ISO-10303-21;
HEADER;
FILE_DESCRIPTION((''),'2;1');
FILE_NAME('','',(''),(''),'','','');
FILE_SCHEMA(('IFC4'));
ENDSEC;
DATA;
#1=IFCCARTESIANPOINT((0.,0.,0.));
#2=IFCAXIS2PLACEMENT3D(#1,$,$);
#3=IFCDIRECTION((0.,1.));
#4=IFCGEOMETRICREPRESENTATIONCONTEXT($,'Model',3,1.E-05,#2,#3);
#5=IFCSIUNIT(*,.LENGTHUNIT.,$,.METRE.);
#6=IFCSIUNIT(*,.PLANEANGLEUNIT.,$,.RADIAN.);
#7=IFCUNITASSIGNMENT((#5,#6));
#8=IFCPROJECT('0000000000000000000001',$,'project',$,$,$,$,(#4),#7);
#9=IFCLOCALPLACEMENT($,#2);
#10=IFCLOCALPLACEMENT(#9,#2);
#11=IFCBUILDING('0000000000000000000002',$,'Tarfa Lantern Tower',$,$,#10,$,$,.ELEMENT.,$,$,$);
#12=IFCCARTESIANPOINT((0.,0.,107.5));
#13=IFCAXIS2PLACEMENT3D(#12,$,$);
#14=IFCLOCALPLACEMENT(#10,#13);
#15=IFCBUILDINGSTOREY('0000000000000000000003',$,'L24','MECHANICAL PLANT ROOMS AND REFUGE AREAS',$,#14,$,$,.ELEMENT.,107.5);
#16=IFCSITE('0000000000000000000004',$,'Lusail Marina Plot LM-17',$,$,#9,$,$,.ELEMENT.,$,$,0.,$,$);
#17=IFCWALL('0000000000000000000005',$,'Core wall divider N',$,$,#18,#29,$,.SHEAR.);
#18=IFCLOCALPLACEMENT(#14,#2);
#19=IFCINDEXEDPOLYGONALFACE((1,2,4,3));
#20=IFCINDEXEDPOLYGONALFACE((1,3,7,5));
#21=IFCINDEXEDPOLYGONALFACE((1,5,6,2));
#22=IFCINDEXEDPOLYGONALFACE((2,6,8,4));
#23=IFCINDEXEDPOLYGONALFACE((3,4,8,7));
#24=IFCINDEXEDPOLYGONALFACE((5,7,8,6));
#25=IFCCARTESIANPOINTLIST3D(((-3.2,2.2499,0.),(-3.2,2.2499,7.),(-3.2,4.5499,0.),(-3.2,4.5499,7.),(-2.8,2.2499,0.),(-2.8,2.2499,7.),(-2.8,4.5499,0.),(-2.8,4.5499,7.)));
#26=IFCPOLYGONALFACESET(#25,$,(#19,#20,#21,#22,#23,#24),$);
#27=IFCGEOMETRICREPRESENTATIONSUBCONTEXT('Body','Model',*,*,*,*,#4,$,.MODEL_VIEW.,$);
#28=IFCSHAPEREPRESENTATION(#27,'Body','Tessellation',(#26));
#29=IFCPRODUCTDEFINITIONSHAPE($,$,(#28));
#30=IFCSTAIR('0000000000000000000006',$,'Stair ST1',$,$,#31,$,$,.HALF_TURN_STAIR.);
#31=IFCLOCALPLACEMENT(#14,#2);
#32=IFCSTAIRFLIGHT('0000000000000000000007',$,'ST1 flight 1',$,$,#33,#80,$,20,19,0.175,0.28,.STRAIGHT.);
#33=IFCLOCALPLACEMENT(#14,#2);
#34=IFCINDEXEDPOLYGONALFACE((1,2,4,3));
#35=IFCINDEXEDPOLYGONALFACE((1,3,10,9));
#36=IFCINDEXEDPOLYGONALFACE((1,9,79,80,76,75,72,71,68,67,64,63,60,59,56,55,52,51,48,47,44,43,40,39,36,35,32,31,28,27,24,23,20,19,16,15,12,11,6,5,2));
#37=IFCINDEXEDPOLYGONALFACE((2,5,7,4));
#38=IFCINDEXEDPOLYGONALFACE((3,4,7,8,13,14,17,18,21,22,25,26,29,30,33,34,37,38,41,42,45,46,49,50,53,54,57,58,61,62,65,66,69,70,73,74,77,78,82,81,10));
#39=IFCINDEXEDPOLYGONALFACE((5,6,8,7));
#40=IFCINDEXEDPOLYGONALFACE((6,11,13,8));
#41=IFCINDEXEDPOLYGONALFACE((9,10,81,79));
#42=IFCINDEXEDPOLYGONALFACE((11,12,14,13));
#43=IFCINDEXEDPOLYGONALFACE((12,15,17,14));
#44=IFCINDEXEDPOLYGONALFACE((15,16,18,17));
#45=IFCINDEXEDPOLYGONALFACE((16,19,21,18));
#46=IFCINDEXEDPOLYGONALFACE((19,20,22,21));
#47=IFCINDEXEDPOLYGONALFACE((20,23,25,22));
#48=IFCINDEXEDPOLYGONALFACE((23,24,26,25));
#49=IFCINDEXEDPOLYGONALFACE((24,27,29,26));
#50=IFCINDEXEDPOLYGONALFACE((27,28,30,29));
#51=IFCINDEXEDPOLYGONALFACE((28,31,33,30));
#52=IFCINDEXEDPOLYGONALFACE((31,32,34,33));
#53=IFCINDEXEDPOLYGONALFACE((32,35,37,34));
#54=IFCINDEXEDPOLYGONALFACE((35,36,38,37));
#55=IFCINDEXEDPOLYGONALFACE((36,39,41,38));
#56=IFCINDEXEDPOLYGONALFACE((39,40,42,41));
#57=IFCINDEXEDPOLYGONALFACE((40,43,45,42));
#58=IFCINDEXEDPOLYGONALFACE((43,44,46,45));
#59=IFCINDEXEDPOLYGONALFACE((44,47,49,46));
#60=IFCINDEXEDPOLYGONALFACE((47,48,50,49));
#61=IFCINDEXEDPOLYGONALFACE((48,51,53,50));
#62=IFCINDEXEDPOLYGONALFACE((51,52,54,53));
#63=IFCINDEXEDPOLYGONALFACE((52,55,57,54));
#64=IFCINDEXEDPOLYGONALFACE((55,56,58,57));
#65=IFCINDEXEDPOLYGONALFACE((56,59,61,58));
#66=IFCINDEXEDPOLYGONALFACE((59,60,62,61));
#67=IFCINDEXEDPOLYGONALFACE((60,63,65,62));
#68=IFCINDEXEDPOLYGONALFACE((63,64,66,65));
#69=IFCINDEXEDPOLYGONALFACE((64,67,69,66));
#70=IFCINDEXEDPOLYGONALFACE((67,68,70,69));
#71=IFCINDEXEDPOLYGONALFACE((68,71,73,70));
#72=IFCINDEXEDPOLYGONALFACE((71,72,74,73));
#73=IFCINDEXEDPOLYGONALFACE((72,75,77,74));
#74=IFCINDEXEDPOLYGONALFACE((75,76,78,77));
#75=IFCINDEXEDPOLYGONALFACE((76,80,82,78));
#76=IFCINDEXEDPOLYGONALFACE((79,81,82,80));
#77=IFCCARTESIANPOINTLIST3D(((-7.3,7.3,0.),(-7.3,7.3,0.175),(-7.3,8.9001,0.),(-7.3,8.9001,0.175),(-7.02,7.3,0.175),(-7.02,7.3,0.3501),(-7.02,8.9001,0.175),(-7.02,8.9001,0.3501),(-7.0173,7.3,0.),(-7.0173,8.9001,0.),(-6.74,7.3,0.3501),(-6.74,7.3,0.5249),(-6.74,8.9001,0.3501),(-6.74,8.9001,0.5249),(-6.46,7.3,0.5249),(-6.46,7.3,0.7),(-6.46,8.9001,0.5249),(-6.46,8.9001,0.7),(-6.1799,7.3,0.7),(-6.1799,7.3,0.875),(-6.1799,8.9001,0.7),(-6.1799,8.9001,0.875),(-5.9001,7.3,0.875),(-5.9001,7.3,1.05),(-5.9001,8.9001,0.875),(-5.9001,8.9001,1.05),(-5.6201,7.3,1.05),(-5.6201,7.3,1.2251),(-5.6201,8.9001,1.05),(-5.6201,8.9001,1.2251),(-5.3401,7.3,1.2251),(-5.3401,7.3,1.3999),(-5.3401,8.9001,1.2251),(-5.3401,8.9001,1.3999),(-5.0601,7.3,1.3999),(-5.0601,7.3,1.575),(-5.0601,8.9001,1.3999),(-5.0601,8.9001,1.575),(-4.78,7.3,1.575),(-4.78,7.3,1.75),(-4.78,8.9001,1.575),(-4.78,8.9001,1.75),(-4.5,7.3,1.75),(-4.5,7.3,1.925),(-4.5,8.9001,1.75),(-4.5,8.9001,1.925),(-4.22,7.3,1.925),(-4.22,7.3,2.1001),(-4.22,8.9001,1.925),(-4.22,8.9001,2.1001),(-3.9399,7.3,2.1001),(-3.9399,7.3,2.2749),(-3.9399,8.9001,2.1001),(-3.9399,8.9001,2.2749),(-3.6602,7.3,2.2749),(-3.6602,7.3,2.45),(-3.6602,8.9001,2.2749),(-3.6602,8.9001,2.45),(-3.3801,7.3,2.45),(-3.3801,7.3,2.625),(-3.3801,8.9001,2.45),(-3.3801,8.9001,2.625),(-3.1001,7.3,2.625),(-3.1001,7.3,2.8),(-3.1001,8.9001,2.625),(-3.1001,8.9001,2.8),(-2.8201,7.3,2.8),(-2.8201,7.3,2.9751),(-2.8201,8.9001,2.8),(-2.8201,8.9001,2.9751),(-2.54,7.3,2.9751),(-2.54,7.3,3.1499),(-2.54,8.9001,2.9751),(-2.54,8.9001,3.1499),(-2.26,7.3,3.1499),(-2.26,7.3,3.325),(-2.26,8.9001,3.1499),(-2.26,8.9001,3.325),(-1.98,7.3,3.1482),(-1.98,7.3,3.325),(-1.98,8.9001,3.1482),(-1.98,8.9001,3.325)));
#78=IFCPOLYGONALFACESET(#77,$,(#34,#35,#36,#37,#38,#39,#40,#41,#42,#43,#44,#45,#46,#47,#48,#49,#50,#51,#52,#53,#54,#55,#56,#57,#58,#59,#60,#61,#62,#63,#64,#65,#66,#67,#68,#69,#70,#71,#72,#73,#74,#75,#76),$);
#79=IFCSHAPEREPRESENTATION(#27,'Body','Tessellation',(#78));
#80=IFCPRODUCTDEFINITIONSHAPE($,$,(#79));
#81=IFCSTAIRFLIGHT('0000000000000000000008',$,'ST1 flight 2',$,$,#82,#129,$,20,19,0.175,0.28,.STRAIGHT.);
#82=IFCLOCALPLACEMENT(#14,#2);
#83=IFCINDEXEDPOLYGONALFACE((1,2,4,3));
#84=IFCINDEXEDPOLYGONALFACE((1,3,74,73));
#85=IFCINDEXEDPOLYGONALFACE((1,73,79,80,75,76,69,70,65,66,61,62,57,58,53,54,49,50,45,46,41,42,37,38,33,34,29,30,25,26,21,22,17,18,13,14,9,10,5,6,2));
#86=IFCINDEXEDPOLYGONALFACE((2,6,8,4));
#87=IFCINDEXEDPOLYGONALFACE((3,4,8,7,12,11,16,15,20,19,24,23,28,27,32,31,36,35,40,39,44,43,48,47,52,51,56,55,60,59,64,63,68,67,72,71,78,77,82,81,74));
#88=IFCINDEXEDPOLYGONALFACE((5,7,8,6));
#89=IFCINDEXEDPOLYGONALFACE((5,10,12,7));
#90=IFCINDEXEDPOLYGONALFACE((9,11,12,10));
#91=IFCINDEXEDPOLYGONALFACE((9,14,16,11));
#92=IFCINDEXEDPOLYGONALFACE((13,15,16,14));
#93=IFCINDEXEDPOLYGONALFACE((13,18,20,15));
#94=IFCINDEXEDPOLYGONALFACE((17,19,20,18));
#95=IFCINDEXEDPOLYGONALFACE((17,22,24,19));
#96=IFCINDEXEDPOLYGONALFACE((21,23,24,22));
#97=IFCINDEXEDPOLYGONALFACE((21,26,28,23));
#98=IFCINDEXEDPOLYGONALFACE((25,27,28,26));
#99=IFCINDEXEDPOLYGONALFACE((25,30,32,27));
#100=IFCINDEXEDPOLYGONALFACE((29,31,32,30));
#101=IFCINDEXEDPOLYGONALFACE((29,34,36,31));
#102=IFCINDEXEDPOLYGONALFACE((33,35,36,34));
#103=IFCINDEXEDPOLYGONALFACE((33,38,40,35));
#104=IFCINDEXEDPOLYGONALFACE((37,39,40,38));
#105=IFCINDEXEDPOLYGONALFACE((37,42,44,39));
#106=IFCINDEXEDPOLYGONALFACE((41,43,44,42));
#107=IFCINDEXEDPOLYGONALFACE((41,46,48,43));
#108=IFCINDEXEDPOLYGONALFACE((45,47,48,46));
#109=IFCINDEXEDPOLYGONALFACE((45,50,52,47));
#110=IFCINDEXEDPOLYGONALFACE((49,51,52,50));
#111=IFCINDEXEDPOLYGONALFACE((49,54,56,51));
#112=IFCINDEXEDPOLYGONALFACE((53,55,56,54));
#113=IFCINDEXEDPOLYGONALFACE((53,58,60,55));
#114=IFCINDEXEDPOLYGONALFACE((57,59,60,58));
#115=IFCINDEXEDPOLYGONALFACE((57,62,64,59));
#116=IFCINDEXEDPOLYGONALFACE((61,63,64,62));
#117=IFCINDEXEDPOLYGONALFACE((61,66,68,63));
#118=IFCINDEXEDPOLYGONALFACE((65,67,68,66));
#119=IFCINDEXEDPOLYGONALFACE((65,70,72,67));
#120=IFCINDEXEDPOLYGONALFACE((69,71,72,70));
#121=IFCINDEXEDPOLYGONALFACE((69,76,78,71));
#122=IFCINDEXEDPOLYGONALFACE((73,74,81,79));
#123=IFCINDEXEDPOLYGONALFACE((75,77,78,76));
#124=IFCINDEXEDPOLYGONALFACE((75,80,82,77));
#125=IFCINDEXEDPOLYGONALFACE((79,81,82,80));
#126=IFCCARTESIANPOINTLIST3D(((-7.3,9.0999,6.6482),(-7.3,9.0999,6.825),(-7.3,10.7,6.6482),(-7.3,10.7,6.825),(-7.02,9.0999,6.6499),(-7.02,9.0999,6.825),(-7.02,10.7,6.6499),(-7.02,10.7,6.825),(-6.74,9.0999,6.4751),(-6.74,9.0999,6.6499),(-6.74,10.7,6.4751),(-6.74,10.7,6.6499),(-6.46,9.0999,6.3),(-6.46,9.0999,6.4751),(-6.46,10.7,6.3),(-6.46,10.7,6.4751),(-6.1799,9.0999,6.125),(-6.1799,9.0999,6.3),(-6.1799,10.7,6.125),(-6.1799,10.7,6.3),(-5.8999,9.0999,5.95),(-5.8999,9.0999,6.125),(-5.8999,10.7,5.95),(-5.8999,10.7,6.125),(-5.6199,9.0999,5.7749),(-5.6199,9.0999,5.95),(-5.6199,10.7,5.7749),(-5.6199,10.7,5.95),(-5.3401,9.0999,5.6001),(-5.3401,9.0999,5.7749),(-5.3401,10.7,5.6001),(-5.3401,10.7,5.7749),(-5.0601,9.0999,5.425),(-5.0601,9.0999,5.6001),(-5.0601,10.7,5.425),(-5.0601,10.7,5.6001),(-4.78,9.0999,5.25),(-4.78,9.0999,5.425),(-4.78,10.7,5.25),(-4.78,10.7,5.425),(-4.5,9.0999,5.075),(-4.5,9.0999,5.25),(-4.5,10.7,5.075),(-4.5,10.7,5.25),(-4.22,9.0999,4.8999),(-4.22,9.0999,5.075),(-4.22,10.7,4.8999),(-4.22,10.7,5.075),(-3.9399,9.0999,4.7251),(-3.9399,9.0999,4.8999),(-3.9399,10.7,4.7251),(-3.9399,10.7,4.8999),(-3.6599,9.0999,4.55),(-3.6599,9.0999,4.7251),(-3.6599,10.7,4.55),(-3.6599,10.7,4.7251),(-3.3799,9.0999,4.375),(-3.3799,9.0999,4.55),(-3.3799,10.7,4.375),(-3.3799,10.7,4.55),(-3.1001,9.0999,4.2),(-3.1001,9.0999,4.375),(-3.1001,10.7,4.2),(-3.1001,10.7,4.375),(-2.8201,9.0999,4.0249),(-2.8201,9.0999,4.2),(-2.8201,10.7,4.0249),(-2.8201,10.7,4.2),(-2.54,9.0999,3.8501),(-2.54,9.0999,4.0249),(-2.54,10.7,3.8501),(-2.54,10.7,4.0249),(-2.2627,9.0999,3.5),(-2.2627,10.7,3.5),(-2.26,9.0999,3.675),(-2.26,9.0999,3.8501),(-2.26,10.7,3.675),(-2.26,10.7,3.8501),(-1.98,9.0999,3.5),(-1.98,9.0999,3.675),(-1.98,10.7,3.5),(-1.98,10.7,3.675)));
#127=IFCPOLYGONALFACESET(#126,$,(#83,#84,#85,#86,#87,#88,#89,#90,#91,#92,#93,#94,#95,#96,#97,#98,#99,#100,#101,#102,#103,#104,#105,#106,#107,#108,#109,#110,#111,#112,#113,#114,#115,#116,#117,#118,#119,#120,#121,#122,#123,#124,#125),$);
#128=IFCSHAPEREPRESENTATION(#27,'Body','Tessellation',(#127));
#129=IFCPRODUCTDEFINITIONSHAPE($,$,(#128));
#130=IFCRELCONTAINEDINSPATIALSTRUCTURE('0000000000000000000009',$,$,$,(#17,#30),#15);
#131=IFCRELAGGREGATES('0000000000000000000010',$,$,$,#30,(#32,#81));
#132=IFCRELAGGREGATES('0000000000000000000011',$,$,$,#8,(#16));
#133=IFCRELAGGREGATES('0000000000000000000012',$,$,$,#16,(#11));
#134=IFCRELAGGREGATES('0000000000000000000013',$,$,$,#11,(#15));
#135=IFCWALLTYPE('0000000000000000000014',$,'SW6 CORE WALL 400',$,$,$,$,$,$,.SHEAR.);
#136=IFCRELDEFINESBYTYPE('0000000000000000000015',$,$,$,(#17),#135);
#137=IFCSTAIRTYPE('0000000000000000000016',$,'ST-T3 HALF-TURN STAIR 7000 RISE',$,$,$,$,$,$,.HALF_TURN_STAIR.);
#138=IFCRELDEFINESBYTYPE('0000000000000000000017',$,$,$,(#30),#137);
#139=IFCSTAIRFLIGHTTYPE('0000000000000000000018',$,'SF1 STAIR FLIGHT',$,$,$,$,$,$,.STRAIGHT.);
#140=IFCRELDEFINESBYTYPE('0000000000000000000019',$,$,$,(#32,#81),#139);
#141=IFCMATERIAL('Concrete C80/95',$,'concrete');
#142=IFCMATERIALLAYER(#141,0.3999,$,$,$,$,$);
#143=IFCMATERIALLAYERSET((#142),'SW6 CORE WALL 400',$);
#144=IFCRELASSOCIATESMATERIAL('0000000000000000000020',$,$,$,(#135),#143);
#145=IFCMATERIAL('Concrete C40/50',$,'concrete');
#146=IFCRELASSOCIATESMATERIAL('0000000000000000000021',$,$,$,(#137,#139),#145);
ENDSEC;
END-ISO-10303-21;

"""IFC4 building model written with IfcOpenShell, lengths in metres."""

from ifc_helpers import new_model, si_unit, direction, frame, frame_2d, origin, place, context, subcontext, project, spatial, polyline, rectangle, outline, extrude, material, layer, layer_set, type_object, element, aggregate, save


model = new_model("IFC4")

# Units and contexts
model_context = context("Model", 3, precision=1e-05, world=origin(), true_north=direction((0.0, 1.0)))
body_context = subcontext(model_context, "Body", "Model", "MODEL_VIEW")
ifc_project = project(units=[si_unit("LENGTHUNIT", "METRE"), si_unit("PLANEANGLEUNIT", "RADIAN")], contexts=[model_context])

# Site, building, storey
site_placement = place(None, origin())
site = spatial("IfcSite", under=ifc_project, at=site_placement, Name="Lusail Marina Plot LM-17", CompositionType="ELEMENT", RefElevation=0.0)
building_placement = place(site_placement, origin())
building = spatial("IfcBuilding", under=site, at=building_placement, Name="Tarfa Lantern Tower", CompositionType="ELEMENT")
storey_placement = place(building_placement, frame((0.0, 0.0, 107.5)))
storey = spatial("IfcBuildingStorey", under=building, at=storey_placement, Name="L24", Description="MECHANICAL PLANT ROOMS AND REFUGE AREAS", CompositionType="ELEMENT", Elevation=107.5)

# Shared definitions
ifc_material_1 = material(Name="Concrete C80/95", Category="concrete")

# Wall
ifc_layer_1 = layer(ifc_material_1, 0.3999)
ifc_layer_set_1 = layer_set([ifc_layer_1], Name="SW6 CORE WALL 400")
wall_type_1 = type_object("IfcWallType", Name="SW6 CORE WALL 400", PredefinedType="SHEAR", material=ifc_layer_set_1)
for number, where, z_axis, x_axis, name in (
    (1, (-3.0, 2.25, 0.0), (0.0, 0.0, 1.0), (0.0, 1.0, 0.0), "Core wall divider N"),
):
    element("IfcWall", number, at=place(storey_placement, frame(where, z_axis=z_axis, x_axis=x_axis)), inside=storey, type_object=wall_type_1, Name=name, PredefinedType="SHEAR", context=body_context, shape_type="SweptSolid", body=[
        extrude(rectangle(XDim=2.3, YDim=0.3999, at=frame_2d((1.1499, 0.0))), origin(), (0.0, 0.0, 1.0), 7.0),
    ])

# Stair, stair flights
ifc_material_2 = material(Name="Concrete C40/50", Category="concrete")
stair_type = type_object("IfcStairType", Name="ST-T3 HALF-TURN STAIR 7000 RISE", PredefinedType="HALF_TURN_STAIR", material=ifc_material_2)
stair_placement = place(storey_placement, origin())
stair = element("IfcStair", 2, at=stair_placement, inside=storey, type_object=stair_type, Name="Stair ST1", PredefinedType="HALF_TURN_STAIR")
stair_flight_type = type_object("IfcStairFlightType", Name="SF1 STAIR FLIGHT", PredefinedType="STRAIGHT", material=ifc_material_2)
stair_flight_1_placement = place(storey_placement, frame((-7.3, 8.1001, 0.0), z_axis=(0.0, 0.0, 1.0), x_axis=(1.0, 0.0, 0.0)))
stair_flight_1 = element("IfcStairFlight", 3, at=stair_flight_1_placement, type_object=stair_flight_type, Name="ST1 flight 1", NumberOfRisers=20, NumberOfTreads=19, PredefinedType="STRAIGHT", RiserHeight=0.175, TreadLength=0.28, context=body_context, shape_type="SweptSolid", body=[
    extrude(outline(polyline([(0.0, 0.0), (0.0, 0.175), (0.28, 0.175), (0.28, 0.3501), (0.5601, 0.3501), (0.5601, 0.5249), (0.8401, 0.5249), (0.8401, 0.7), (1.1201, 0.7), (1.1201, 0.875), (1.3999, 0.875), (1.3999, 1.05), (1.6799, 1.05), (1.6799, 1.2251), (1.96, 1.2251), (1.96, 1.3999), (2.24, 1.3999), (2.24, 1.575), (2.52, 1.575), (2.52, 1.75), (2.8, 1.75), (2.8, 1.925), (3.0801, 1.925), (3.0801, 2.1001), (3.3601, 2.1001), (3.3601, 2.2749), (3.6399, 2.2749), (3.6399, 2.45), (3.9199, 2.45), (3.9199, 2.625), (4.2, 2.625), (4.2, 2.8), (4.48, 2.8), (4.48, 2.9751), (4.76, 2.9751), (4.76, 3.1499), (5.04, 3.1499), (5.04, 3.325), (5.3201, 3.325), (5.3201, 3.5), (5.3201, 3.1482), (0.2827, 0.0), (0.0, 0.0)])), frame((0.0, 0.8, 0.0), z_axis=(0.0, -1.0, 0.0), x_axis=(1.0, 0.0, 0.0)), (0.0, 0.0, 1.0), 1.6001),
])
stair_flight_2_placement = place(storey_placement, frame((-1.98, 9.8999, 3.5), z_axis=(0.0, 0.0, 1.0), x_axis=(-1.0, 0.0, 0.0)))
stair_flight_2 = element("IfcStairFlight", 4, at=stair_flight_2_placement, type_object=stair_flight_type, Name="ST1 flight 2", NumberOfRisers=20, NumberOfTreads=19, PredefinedType="STRAIGHT", RiserHeight=0.175, TreadLength=0.28, context=body_context, shape_type="SweptSolid", body=[
    extrude(outline(polyline([(0.0, 0.0), (0.0, 0.175), (0.28, 0.175), (0.28, 0.3501), (0.5601, 0.3501), (0.5601, 0.5249), (0.8401, 0.5249), (0.8401, 0.7), (1.1201, 0.7), (1.1201, 0.875), (1.3999, 0.875), (1.3999, 1.05), (1.6799, 1.05), (1.6799, 1.2251), (1.96, 1.2251), (1.96, 1.3999), (2.24, 1.3999), (2.24, 1.575), (2.52, 1.575), (2.52, 1.75), (2.8, 1.75), (2.8, 1.925), (3.0801, 1.925), (3.0801, 2.1001), (3.3601, 2.1001), (3.3601, 2.2749), (3.6399, 2.2749), (3.6399, 2.45), (3.9199, 2.45), (3.9199, 2.625), (4.2, 2.625), (4.2, 2.8), (4.48, 2.8), (4.48, 2.9751), (4.76, 2.9751), (4.76, 3.1499), (5.04, 3.1499), (5.04, 3.325), (5.3201, 3.325), (5.3201, 3.5), (5.3201, 3.1482), (0.2827, 0.0), (0.0, 0.0)])), frame((0.0, 0.8, 0.0), z_axis=(0.0, -1.0, 0.0), x_axis=(1.0, 0.0, 0.0)), (0.0, 0.0, 1.0), 1.6001),
])
aggregate(stair, [stair_flight_1, stair_flight_2])

save(model, "model.ifc")
